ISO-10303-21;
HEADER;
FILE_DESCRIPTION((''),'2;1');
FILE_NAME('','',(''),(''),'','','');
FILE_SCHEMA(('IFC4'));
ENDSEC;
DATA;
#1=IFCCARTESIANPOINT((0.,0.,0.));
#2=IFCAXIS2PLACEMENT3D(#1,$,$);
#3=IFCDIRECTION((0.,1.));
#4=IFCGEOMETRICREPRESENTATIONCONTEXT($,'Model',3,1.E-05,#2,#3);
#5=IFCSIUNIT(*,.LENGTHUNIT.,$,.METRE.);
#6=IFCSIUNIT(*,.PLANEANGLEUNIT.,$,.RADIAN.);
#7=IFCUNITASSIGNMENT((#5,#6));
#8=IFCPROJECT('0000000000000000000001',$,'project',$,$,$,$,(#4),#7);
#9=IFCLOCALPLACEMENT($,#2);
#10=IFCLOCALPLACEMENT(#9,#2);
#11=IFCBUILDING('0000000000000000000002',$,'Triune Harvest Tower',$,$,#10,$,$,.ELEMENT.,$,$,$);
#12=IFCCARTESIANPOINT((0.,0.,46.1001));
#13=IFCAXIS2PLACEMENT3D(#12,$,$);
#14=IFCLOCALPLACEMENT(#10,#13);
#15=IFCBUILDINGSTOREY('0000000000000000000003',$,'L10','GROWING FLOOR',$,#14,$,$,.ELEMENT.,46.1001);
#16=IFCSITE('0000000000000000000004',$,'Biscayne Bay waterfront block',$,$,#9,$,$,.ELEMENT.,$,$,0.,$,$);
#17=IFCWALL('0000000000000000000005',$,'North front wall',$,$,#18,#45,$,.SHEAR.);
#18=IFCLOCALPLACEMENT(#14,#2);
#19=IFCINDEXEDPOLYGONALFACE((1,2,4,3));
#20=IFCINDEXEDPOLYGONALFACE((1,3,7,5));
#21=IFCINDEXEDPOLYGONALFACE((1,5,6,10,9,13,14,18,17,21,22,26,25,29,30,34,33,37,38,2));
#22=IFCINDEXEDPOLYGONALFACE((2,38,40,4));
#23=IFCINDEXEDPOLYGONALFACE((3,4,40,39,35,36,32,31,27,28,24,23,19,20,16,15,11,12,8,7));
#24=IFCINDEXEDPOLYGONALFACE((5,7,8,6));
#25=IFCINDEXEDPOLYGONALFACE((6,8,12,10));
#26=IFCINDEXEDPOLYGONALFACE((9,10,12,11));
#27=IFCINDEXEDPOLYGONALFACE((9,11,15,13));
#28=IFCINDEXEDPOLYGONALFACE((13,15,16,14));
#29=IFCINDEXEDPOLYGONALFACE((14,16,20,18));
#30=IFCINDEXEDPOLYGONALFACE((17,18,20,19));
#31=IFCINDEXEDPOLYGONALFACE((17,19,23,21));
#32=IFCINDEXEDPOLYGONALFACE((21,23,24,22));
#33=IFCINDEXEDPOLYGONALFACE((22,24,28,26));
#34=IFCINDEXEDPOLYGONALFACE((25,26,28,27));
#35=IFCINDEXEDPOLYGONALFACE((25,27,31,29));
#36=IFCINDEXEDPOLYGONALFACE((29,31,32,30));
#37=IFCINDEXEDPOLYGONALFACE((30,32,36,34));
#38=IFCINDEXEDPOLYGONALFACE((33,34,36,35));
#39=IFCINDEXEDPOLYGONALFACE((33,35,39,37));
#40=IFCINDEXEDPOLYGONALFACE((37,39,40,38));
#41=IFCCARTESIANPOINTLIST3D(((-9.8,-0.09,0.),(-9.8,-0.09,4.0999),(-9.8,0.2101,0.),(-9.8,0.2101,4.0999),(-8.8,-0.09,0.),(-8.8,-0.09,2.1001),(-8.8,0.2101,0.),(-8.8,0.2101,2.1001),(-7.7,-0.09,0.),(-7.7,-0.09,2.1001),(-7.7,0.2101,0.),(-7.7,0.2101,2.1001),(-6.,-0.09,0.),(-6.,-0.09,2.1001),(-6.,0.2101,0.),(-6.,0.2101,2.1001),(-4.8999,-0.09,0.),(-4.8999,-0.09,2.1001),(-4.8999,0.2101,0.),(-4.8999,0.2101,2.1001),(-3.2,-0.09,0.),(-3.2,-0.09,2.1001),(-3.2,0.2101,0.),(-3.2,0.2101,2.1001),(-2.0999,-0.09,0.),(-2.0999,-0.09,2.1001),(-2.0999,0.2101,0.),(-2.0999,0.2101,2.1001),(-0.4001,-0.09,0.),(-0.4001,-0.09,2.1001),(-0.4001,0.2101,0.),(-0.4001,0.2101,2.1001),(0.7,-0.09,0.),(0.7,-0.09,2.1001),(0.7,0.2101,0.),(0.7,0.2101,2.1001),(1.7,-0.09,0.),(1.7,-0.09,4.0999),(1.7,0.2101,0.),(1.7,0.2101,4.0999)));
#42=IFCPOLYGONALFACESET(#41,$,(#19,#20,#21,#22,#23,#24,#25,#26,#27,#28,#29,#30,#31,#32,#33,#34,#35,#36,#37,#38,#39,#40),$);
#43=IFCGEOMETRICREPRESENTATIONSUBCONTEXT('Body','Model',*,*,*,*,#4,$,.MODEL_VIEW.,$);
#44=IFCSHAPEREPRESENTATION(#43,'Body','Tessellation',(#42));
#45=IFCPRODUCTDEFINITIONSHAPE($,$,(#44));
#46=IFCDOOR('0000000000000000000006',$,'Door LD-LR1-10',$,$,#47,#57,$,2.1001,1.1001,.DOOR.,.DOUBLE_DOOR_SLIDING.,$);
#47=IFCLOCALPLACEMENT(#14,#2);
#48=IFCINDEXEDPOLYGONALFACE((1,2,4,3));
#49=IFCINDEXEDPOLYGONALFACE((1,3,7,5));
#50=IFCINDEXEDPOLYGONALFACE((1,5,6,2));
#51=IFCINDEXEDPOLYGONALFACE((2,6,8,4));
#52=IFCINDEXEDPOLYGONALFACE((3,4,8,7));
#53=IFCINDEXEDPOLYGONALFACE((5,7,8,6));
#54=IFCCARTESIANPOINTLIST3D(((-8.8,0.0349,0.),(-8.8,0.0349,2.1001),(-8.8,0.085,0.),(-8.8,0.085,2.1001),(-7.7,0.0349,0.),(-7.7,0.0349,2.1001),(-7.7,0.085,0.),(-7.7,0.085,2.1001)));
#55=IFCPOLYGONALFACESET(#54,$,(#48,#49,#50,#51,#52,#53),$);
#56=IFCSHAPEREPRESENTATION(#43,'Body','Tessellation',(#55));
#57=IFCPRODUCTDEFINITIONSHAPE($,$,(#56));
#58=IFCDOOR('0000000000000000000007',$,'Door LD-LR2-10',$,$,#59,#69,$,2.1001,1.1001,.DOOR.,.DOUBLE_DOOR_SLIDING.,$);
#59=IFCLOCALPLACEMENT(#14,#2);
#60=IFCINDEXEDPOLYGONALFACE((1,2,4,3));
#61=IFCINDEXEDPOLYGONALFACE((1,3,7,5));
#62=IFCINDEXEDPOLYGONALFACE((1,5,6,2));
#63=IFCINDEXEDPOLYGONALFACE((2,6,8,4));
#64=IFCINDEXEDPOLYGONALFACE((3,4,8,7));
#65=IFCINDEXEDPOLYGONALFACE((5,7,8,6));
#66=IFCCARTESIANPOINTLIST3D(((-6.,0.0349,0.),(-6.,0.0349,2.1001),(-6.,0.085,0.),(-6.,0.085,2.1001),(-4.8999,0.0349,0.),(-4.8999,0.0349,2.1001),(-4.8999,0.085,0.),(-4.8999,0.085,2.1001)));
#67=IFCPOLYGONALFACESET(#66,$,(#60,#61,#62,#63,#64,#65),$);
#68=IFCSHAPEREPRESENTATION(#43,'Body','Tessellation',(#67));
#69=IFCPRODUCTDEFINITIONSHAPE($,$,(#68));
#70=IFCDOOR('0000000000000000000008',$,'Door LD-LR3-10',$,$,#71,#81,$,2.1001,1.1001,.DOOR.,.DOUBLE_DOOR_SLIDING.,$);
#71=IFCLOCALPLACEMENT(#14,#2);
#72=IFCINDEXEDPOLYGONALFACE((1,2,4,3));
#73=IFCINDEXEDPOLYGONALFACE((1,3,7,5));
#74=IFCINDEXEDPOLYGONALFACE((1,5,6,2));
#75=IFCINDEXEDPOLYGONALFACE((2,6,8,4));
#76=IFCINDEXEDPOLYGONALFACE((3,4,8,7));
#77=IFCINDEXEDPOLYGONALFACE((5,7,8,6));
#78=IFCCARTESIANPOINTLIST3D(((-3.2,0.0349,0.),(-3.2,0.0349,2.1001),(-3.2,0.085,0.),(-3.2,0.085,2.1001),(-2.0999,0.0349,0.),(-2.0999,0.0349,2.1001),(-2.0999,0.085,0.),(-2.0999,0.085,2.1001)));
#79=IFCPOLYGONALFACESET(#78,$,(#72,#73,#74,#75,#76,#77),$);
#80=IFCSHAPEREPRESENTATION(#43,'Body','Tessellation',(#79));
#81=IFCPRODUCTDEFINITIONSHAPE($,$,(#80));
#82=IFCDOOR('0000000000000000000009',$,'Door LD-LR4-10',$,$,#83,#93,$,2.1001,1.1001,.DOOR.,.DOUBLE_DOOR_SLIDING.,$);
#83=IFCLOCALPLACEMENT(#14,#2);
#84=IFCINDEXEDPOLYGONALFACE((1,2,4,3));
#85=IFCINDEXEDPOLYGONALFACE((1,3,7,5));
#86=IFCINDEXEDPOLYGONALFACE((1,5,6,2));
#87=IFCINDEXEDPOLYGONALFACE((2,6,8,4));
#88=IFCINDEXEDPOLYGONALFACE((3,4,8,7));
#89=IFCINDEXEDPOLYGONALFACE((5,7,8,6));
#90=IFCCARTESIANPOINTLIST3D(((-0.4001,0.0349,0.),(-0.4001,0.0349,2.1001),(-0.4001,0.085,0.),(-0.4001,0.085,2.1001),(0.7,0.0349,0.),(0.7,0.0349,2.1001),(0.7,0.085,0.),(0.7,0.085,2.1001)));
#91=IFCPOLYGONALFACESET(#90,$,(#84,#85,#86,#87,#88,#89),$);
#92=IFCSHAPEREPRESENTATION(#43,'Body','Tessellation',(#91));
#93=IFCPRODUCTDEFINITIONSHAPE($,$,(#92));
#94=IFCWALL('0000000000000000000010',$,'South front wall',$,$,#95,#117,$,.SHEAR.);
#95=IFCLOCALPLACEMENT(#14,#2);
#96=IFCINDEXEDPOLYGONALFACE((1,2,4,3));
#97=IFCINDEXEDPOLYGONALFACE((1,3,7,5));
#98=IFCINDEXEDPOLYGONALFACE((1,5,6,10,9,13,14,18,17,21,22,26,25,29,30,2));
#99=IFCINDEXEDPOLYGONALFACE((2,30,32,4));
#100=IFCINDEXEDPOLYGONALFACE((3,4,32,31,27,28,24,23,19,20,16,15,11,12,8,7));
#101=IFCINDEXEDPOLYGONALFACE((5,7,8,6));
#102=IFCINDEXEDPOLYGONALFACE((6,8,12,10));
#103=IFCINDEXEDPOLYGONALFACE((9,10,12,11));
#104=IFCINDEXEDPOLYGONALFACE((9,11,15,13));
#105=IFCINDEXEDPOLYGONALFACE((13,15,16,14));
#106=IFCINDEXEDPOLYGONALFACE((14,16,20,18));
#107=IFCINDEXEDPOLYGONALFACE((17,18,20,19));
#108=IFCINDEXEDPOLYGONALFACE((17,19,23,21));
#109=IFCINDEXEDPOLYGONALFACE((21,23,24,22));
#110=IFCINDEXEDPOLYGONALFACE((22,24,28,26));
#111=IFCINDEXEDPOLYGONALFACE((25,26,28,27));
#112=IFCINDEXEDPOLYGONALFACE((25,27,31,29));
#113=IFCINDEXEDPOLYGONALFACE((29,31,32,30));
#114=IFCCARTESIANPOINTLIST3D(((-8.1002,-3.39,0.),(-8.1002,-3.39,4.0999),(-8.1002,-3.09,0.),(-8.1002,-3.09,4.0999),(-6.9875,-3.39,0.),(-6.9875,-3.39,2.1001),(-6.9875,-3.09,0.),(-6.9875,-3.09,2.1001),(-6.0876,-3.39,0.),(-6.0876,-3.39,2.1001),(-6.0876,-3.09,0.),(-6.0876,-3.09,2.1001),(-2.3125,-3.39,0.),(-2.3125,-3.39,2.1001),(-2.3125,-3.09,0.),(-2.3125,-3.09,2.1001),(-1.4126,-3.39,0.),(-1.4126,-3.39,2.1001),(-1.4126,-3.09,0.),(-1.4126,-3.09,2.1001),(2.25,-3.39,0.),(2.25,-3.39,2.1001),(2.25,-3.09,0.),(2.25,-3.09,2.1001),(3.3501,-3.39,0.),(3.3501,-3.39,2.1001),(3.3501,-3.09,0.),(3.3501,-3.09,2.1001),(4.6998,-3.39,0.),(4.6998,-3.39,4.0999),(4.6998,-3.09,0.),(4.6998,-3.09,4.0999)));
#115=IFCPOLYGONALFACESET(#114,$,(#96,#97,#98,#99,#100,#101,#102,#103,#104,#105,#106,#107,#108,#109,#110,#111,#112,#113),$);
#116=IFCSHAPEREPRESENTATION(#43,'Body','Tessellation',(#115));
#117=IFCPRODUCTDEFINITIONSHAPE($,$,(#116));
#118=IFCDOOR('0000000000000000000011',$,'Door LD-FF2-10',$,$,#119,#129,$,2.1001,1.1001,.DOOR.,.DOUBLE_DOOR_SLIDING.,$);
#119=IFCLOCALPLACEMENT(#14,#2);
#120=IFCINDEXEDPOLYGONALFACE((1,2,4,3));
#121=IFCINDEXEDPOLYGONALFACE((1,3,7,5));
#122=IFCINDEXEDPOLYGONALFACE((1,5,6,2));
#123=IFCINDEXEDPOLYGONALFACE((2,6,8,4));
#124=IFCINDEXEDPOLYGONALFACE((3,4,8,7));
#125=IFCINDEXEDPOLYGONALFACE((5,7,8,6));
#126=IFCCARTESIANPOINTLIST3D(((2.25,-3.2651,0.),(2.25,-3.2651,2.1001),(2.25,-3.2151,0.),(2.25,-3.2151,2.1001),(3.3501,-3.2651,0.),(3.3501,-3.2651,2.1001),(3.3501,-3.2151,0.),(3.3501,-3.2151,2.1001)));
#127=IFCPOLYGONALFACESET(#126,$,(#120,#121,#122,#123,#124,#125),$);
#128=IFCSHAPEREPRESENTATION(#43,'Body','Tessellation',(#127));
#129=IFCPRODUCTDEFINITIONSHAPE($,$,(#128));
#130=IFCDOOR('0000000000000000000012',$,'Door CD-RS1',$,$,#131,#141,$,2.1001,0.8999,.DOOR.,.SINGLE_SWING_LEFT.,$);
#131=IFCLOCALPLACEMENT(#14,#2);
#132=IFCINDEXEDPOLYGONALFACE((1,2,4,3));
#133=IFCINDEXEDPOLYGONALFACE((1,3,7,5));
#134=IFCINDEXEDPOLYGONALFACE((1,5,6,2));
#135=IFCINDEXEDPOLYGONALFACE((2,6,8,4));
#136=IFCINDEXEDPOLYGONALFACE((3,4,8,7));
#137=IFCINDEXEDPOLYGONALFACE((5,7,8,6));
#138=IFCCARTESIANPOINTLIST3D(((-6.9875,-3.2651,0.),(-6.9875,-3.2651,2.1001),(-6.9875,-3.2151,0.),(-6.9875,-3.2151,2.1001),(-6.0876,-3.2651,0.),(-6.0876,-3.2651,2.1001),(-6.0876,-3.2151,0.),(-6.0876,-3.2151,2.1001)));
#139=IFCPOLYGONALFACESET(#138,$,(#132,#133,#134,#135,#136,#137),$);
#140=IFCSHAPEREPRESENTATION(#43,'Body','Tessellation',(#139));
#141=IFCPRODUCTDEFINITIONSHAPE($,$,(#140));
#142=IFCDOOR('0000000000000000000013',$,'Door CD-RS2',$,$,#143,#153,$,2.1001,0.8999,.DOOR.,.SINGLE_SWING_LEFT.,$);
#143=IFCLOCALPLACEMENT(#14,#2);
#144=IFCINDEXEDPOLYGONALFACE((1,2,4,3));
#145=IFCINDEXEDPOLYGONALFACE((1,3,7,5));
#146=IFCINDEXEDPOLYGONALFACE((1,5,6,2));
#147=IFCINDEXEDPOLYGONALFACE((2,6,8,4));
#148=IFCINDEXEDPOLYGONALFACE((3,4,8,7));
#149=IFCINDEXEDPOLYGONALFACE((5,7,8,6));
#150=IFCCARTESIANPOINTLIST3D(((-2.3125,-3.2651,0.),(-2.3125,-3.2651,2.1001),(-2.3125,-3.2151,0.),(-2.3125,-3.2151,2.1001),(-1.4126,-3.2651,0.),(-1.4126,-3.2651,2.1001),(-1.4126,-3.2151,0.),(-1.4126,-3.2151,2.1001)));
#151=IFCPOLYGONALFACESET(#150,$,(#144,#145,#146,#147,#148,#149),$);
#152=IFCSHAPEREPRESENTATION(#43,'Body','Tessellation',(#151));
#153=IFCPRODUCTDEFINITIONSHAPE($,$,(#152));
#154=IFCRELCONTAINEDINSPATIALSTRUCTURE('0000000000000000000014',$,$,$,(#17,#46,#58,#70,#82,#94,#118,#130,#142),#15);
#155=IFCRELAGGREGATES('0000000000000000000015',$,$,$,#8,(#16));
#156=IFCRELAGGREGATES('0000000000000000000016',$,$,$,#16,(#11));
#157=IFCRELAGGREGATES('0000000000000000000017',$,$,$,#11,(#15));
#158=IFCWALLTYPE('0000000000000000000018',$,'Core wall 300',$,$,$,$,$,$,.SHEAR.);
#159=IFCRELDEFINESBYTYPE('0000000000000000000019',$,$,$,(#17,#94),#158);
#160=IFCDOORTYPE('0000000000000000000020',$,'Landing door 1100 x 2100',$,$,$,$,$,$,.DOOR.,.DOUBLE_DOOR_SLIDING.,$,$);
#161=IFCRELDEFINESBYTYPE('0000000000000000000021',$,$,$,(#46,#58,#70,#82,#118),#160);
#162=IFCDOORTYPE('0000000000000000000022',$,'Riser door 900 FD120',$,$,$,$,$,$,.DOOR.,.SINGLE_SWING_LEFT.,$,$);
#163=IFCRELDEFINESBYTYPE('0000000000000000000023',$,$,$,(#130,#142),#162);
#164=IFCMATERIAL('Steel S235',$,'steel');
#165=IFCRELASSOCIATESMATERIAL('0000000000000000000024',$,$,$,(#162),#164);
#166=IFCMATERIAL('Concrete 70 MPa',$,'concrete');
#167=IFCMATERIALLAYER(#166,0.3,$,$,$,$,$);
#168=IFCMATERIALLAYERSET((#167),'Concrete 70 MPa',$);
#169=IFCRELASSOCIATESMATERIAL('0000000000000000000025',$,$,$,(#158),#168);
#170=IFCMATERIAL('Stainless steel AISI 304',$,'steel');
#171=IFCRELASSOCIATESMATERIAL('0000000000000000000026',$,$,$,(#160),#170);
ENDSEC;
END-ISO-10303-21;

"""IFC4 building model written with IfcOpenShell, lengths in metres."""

from ifc_helpers import new_model, si_unit, direction, frame, frame_2d, origin, place, context, subcontext, project, spatial, rectangle, extrude, source, transform, mapped, material, layer, layer_set, type_object, element, fill, save


model = new_model("IFC4")

# Units and contexts
model_context = context("Model", 3, precision=1e-05, world=origin(), true_north=direction((0.0, 1.0)))
body_context = subcontext(model_context, "Body", "Model", "MODEL_VIEW")
ifc_project = project(units=[si_unit("LENGTHUNIT", "METRE"), si_unit("PLANEANGLEUNIT", "RADIAN")], contexts=[model_context])

# Site, building, storey
site_placement = place(None, origin())
site = spatial("IfcSite", under=ifc_project, at=site_placement, Name="Biscayne Bay waterfront block", CompositionType="ELEMENT", RefElevation=0.0)
building_placement = place(site_placement, origin())
building = spatial("IfcBuilding", under=site, at=building_placement, Name="Triune Harvest Tower", CompositionType="ELEMENT")
storey_placement = place(building_placement, frame((0.0, 0.0, 46.1001)))
storey = spatial("IfcBuildingStorey", under=building, at=storey_placement, Name="L10", Description="GROWING FLOOR", CompositionType="ELEMENT", Elevation=46.1001)

# Walls, openings, doors
ifc_material_1 = material(Name="Steel S235", Category="steel")
door_type_1 = type_object("IfcDoorType", Name="Riser door 900 FD120", OperationType="SINGLE_SWING_LEFT", PredefinedType="DOOR", material=ifc_material_1)
ifc_material_2 = material(Name="Concrete 70 MPa", Category="concrete")
ifc_layer_1 = layer(ifc_material_2, 0.3)
ifc_layer_set_1 = layer_set([ifc_layer_1], Name="Concrete 70 MPa")
wall_type_1 = type_object("IfcWallType", Name="Core wall 300", PredefinedType="SHEAR", material=ifc_layer_set_1)
shared_shape_1 = source(origin(), body_context, "Body", "SweptSolid", [
    extrude(rectangle(XDim=11.5, YDim=0.3, at=frame_2d((5.75, 0.0))), origin(), (0.0, 0.0, 1.0), 4.0999),
])
wall_1_placement = place(storey_placement, frame((-9.8, 0.0601, 0.0), z_axis=(0.0, 0.0, 1.0), x_axis=(1.0, 0.0, 0.0)))
wall_1 = element("IfcWall", 1, at=wall_1_placement, inside=storey, type_object=wall_type_1, Name="North front wall", PredefinedType="SHEAR", context=body_context, shape_type="MappedRepresentation", body=[
    mapped(shared_shape_1, transform((0.0, 0.0, 0.0), scale=1.0)),
])
opening_1_placement = place(wall_1_placement, frame((1.0, 0.0, 0.0)))
opening_1 = element("IfcOpeningElement", 2, at=opening_1_placement, cuts=wall_1, PredefinedType="OPENING", context=body_context, shape_type="SweptSolid", body=[
    extrude(rectangle(XDim=1.1001, YDim=2.1001, at=frame_2d((0.55, 1.05))), frame((0.0, 0.1602, 0.0), z_axis=(0.0, -1.0, 0.0), x_axis=(1.0, 0.0, 0.0)), (0.0, 0.0, 1.0), 0.3201),
])
opening_2_placement = place(wall_1_placement, frame((3.8, 0.0, 0.0)))
opening_2 = element("IfcOpeningElement", 3, at=opening_2_placement, cuts=wall_1, PredefinedType="OPENING", context=body_context, shape_type="SweptSolid", body=[
    extrude(rectangle(XDim=1.1001, YDim=2.1001, at=frame_2d((0.55, 1.05))), frame((0.0, 0.1602, 0.0), z_axis=(0.0, -1.0, 0.0), x_axis=(1.0, 0.0, 0.0)), (0.0, 0.0, 1.0), 0.3201),
])
opening_3_placement = place(wall_1_placement, frame((6.6001, 0.0, 0.0)))
opening_3 = element("IfcOpeningElement", 4, at=opening_3_placement, cuts=wall_1, PredefinedType="OPENING", context=body_context, shape_type="SweptSolid", body=[
    extrude(rectangle(XDim=1.1001, YDim=2.1001, at=frame_2d((0.55, 1.05))), frame((0.0, 0.1602, 0.0), z_axis=(0.0, -1.0, 0.0), x_axis=(1.0, 0.0, 0.0)), (0.0, 0.0, 1.0), 0.3201),
])
opening_4_placement = place(wall_1_placement, frame((9.3999, 0.0, 0.0)))
opening_4 = element("IfcOpeningElement", 5, at=opening_4_placement, cuts=wall_1, PredefinedType="OPENING", context=body_context, shape_type="SweptSolid", body=[
    extrude(rectangle(XDim=1.1001, YDim=2.1001, at=frame_2d((0.55, 1.05))), frame((0.0, 0.1602, 0.0), z_axis=(0.0, -1.0, 0.0), x_axis=(1.0, 0.0, 0.0)), (0.0, 0.0, 1.0), 0.3201),
])
ifc_material_3 = material(Name="Stainless steel AISI 304", Category="steel")
door_type_2 = type_object("IfcDoorType", Name="Landing door 1100 x 2100", OperationType="DOUBLE_DOOR_SLIDING", PredefinedType="DOOR", material=ifc_material_3)
door_1_placement = place(opening_1_placement, origin())
door_1 = element("IfcDoor", 6, at=door_1_placement, inside=storey, type_object=door_type_2, Name="Door LD-LR1-10", OperationType="DOUBLE_DOOR_SLIDING", OverallHeight=2.1001, OverallWidth=1.1001, PredefinedType="DOOR", context=body_context, shape_type="SweptSolid", body=[
    extrude(rectangle(XDim=1.1001, YDim=2.1001, at=frame_2d((0.55, 1.05))), frame((0.0, 0.0249, 0.0), z_axis=(0.0, -1.0, 0.0), x_axis=(1.0, 0.0, 0.0)), (0.0, 0.0, 1.0), 0.05),
])
fill(opening_1, door_1)
door_2_placement = place(opening_2_placement, origin())
door_2 = element("IfcDoor", 7, at=door_2_placement, inside=storey, type_object=door_type_2, Name="Door LD-LR2-10", OperationType="DOUBLE_DOOR_SLIDING", OverallHeight=2.1001, OverallWidth=1.1001, PredefinedType="DOOR", context=body_context, shape_type="SweptSolid", body=[
    extrude(rectangle(XDim=1.1001, YDim=2.1001, at=frame_2d((0.55, 1.05))), frame((0.0, 0.0249, 0.0), z_axis=(0.0, -1.0, 0.0), x_axis=(1.0, 0.0, 0.0)), (0.0, 0.0, 1.0), 0.05),
])
fill(opening_2, door_2)
door_3_placement = place(opening_3_placement, origin())
door_3 = element("IfcDoor", 8, at=door_3_placement, inside=storey, type_object=door_type_2, Name="Door LD-LR3-10", OperationType="DOUBLE_DOOR_SLIDING", OverallHeight=2.1001, OverallWidth=1.1001, PredefinedType="DOOR", context=body_context, shape_type="SweptSolid", body=[
    extrude(rectangle(XDim=1.1001, YDim=2.1001, at=frame_2d((0.55, 1.05))), frame((0.0, 0.0249, 0.0), z_axis=(0.0, -1.0, 0.0), x_axis=(1.0, 0.0, 0.0)), (0.0, 0.0, 1.0), 0.05),
])
fill(opening_3, door_3)
door_4_placement = place(opening_4_placement, origin())
door_4 = element("IfcDoor", 9, at=door_4_placement, inside=storey, type_object=door_type_2, Name="Door LD-LR4-10", OperationType="DOUBLE_DOOR_SLIDING", OverallHeight=2.1001, OverallWidth=1.1001, PredefinedType="DOOR", context=body_context, shape_type="SweptSolid", body=[
    extrude(rectangle(XDim=1.1001, YDim=2.1001, at=frame_2d((0.55, 1.05))), frame((0.0, 0.0249, 0.0), z_axis=(0.0, -1.0, 0.0), x_axis=(1.0, 0.0, 0.0)), (0.0, 0.0, 1.0), 0.05),
])
fill(opening_4, door_4)
shared_shape_2 = source(origin(), body_context, "Body", "SweptSolid", [
    extrude(rectangle(XDim=12.8, YDim=0.3, at=frame_2d((6.3999, 0.0))), origin(), (0.0, 0.0, 1.0), 4.0999),
])
wall_2_placement = place(storey_placement, frame((-8.1001, -3.24, 0.0), z_axis=(0.0, 0.0, 1.0), x_axis=(1.0, 0.0, 0.0)))
wall_2 = element("IfcWall", 10, at=wall_2_placement, inside=storey, type_object=wall_type_1, Name="South front wall", PredefinedType="SHEAR", context=body_context, shape_type="MappedRepresentation", body=[
    mapped(shared_shape_2, transform((0.0, 0.0, 0.0), scale=1.0)),
])
opening_5_placement = place(wall_2_placement, frame((1.1125, 0.0, 0.0)))
opening_5 = element("IfcOpeningElement", 11, at=opening_5_placement, cuts=wall_2, PredefinedType="OPENING", context=body_context, shape_type="SweptSolid", body=[
    extrude(rectangle(XDim=0.8999, YDim=2.1001, at=frame_2d((0.45, 1.05))), frame((0.0, 0.1602, 0.0), z_axis=(0.0, -1.0, 0.0), x_axis=(1.0, 0.0, 0.0)), (0.0, 0.0, 1.0), 0.3201),
])
opening_6_placement = place(wall_2_placement, frame((5.7876, 0.0, 0.0)))
opening_6 = element("IfcOpeningElement", 12, at=opening_6_placement, cuts=wall_2, PredefinedType="OPENING", context=body_context, shape_type="SweptSolid", body=[
    extrude(rectangle(XDim=0.8999, YDim=2.1001, at=frame_2d((0.45, 1.05))), frame((0.0, 0.1602, 0.0), z_axis=(0.0, -1.0, 0.0), x_axis=(1.0, 0.0, 0.0)), (0.0, 0.0, 1.0), 0.3201),
])
opening_7_placement = place(wall_2_placement, frame((10.3501, 0.0, 0.0)))
opening_7 = element("IfcOpeningElement", 13, at=opening_7_placement, cuts=wall_2, PredefinedType="OPENING", context=body_context, shape_type="SweptSolid", body=[
    extrude(rectangle(XDim=1.1001, YDim=2.1001, at=frame_2d((0.55, 1.05))), frame((0.0, 0.1602, 0.0), z_axis=(0.0, -1.0, 0.0), x_axis=(1.0, 0.0, 0.0)), (0.0, 0.0, 1.0), 0.3201),
])
door_5_placement = place(opening_7_placement, origin())
door_5 = element("IfcDoor", 14, at=door_5_placement, inside=storey, type_object=door_type_2, Name="Door LD-FF2-10", OperationType="DOUBLE_DOOR_SLIDING", OverallHeight=2.1001, OverallWidth=1.1001, PredefinedType="DOOR", context=body_context, shape_type="SweptSolid", body=[
    extrude(rectangle(XDim=1.1001, YDim=2.1001, at=frame_2d((0.55, 1.05))), frame((0.0, 0.0249, 0.0), z_axis=(0.0, -1.0, 0.0), x_axis=(1.0, 0.0, 0.0)), (0.0, 0.0, 1.0), 0.05),
])
fill(opening_7, door_5)
door_6_placement = place(opening_5_placement, origin())
door_6 = element("IfcDoor", 15, at=door_6_placement, inside=storey, type_object=door_type_1, Name="Door CD-RS1", OperationType="SINGLE_SWING_LEFT", OverallHeight=2.1001, OverallWidth=0.8999, PredefinedType="DOOR", context=body_context, shape_type="SweptSolid", body=[
    extrude(rectangle(XDim=0.8999, YDim=2.1001, at=frame_2d((0.45, 1.05))), frame((0.0, 0.0249, 0.0), z_axis=(0.0, -1.0, 0.0), x_axis=(1.0, 0.0, 0.0)), (0.0, 0.0, 1.0), 0.05),
])
fill(opening_5, door_6)
door_7_placement = place(opening_6_placement, origin())
door_7 = element("IfcDoor", 16, at=door_7_placement, inside=storey, type_object=door_type_1, Name="Door CD-RS2", OperationType="SINGLE_SWING_LEFT", OverallHeight=2.1001, OverallWidth=0.8999, PredefinedType="DOOR", context=body_context, shape_type="SweptSolid", body=[
    extrude(rectangle(XDim=0.8999, YDim=2.1001, at=frame_2d((0.45, 1.05))), frame((0.0, 0.0249, 0.0), z_axis=(0.0, -1.0, 0.0), x_axis=(1.0, 0.0, 0.0)), (0.0, 0.0, 1.0), 0.05),
])
fill(opening_6, door_7)

save(model, "model.ifc")
